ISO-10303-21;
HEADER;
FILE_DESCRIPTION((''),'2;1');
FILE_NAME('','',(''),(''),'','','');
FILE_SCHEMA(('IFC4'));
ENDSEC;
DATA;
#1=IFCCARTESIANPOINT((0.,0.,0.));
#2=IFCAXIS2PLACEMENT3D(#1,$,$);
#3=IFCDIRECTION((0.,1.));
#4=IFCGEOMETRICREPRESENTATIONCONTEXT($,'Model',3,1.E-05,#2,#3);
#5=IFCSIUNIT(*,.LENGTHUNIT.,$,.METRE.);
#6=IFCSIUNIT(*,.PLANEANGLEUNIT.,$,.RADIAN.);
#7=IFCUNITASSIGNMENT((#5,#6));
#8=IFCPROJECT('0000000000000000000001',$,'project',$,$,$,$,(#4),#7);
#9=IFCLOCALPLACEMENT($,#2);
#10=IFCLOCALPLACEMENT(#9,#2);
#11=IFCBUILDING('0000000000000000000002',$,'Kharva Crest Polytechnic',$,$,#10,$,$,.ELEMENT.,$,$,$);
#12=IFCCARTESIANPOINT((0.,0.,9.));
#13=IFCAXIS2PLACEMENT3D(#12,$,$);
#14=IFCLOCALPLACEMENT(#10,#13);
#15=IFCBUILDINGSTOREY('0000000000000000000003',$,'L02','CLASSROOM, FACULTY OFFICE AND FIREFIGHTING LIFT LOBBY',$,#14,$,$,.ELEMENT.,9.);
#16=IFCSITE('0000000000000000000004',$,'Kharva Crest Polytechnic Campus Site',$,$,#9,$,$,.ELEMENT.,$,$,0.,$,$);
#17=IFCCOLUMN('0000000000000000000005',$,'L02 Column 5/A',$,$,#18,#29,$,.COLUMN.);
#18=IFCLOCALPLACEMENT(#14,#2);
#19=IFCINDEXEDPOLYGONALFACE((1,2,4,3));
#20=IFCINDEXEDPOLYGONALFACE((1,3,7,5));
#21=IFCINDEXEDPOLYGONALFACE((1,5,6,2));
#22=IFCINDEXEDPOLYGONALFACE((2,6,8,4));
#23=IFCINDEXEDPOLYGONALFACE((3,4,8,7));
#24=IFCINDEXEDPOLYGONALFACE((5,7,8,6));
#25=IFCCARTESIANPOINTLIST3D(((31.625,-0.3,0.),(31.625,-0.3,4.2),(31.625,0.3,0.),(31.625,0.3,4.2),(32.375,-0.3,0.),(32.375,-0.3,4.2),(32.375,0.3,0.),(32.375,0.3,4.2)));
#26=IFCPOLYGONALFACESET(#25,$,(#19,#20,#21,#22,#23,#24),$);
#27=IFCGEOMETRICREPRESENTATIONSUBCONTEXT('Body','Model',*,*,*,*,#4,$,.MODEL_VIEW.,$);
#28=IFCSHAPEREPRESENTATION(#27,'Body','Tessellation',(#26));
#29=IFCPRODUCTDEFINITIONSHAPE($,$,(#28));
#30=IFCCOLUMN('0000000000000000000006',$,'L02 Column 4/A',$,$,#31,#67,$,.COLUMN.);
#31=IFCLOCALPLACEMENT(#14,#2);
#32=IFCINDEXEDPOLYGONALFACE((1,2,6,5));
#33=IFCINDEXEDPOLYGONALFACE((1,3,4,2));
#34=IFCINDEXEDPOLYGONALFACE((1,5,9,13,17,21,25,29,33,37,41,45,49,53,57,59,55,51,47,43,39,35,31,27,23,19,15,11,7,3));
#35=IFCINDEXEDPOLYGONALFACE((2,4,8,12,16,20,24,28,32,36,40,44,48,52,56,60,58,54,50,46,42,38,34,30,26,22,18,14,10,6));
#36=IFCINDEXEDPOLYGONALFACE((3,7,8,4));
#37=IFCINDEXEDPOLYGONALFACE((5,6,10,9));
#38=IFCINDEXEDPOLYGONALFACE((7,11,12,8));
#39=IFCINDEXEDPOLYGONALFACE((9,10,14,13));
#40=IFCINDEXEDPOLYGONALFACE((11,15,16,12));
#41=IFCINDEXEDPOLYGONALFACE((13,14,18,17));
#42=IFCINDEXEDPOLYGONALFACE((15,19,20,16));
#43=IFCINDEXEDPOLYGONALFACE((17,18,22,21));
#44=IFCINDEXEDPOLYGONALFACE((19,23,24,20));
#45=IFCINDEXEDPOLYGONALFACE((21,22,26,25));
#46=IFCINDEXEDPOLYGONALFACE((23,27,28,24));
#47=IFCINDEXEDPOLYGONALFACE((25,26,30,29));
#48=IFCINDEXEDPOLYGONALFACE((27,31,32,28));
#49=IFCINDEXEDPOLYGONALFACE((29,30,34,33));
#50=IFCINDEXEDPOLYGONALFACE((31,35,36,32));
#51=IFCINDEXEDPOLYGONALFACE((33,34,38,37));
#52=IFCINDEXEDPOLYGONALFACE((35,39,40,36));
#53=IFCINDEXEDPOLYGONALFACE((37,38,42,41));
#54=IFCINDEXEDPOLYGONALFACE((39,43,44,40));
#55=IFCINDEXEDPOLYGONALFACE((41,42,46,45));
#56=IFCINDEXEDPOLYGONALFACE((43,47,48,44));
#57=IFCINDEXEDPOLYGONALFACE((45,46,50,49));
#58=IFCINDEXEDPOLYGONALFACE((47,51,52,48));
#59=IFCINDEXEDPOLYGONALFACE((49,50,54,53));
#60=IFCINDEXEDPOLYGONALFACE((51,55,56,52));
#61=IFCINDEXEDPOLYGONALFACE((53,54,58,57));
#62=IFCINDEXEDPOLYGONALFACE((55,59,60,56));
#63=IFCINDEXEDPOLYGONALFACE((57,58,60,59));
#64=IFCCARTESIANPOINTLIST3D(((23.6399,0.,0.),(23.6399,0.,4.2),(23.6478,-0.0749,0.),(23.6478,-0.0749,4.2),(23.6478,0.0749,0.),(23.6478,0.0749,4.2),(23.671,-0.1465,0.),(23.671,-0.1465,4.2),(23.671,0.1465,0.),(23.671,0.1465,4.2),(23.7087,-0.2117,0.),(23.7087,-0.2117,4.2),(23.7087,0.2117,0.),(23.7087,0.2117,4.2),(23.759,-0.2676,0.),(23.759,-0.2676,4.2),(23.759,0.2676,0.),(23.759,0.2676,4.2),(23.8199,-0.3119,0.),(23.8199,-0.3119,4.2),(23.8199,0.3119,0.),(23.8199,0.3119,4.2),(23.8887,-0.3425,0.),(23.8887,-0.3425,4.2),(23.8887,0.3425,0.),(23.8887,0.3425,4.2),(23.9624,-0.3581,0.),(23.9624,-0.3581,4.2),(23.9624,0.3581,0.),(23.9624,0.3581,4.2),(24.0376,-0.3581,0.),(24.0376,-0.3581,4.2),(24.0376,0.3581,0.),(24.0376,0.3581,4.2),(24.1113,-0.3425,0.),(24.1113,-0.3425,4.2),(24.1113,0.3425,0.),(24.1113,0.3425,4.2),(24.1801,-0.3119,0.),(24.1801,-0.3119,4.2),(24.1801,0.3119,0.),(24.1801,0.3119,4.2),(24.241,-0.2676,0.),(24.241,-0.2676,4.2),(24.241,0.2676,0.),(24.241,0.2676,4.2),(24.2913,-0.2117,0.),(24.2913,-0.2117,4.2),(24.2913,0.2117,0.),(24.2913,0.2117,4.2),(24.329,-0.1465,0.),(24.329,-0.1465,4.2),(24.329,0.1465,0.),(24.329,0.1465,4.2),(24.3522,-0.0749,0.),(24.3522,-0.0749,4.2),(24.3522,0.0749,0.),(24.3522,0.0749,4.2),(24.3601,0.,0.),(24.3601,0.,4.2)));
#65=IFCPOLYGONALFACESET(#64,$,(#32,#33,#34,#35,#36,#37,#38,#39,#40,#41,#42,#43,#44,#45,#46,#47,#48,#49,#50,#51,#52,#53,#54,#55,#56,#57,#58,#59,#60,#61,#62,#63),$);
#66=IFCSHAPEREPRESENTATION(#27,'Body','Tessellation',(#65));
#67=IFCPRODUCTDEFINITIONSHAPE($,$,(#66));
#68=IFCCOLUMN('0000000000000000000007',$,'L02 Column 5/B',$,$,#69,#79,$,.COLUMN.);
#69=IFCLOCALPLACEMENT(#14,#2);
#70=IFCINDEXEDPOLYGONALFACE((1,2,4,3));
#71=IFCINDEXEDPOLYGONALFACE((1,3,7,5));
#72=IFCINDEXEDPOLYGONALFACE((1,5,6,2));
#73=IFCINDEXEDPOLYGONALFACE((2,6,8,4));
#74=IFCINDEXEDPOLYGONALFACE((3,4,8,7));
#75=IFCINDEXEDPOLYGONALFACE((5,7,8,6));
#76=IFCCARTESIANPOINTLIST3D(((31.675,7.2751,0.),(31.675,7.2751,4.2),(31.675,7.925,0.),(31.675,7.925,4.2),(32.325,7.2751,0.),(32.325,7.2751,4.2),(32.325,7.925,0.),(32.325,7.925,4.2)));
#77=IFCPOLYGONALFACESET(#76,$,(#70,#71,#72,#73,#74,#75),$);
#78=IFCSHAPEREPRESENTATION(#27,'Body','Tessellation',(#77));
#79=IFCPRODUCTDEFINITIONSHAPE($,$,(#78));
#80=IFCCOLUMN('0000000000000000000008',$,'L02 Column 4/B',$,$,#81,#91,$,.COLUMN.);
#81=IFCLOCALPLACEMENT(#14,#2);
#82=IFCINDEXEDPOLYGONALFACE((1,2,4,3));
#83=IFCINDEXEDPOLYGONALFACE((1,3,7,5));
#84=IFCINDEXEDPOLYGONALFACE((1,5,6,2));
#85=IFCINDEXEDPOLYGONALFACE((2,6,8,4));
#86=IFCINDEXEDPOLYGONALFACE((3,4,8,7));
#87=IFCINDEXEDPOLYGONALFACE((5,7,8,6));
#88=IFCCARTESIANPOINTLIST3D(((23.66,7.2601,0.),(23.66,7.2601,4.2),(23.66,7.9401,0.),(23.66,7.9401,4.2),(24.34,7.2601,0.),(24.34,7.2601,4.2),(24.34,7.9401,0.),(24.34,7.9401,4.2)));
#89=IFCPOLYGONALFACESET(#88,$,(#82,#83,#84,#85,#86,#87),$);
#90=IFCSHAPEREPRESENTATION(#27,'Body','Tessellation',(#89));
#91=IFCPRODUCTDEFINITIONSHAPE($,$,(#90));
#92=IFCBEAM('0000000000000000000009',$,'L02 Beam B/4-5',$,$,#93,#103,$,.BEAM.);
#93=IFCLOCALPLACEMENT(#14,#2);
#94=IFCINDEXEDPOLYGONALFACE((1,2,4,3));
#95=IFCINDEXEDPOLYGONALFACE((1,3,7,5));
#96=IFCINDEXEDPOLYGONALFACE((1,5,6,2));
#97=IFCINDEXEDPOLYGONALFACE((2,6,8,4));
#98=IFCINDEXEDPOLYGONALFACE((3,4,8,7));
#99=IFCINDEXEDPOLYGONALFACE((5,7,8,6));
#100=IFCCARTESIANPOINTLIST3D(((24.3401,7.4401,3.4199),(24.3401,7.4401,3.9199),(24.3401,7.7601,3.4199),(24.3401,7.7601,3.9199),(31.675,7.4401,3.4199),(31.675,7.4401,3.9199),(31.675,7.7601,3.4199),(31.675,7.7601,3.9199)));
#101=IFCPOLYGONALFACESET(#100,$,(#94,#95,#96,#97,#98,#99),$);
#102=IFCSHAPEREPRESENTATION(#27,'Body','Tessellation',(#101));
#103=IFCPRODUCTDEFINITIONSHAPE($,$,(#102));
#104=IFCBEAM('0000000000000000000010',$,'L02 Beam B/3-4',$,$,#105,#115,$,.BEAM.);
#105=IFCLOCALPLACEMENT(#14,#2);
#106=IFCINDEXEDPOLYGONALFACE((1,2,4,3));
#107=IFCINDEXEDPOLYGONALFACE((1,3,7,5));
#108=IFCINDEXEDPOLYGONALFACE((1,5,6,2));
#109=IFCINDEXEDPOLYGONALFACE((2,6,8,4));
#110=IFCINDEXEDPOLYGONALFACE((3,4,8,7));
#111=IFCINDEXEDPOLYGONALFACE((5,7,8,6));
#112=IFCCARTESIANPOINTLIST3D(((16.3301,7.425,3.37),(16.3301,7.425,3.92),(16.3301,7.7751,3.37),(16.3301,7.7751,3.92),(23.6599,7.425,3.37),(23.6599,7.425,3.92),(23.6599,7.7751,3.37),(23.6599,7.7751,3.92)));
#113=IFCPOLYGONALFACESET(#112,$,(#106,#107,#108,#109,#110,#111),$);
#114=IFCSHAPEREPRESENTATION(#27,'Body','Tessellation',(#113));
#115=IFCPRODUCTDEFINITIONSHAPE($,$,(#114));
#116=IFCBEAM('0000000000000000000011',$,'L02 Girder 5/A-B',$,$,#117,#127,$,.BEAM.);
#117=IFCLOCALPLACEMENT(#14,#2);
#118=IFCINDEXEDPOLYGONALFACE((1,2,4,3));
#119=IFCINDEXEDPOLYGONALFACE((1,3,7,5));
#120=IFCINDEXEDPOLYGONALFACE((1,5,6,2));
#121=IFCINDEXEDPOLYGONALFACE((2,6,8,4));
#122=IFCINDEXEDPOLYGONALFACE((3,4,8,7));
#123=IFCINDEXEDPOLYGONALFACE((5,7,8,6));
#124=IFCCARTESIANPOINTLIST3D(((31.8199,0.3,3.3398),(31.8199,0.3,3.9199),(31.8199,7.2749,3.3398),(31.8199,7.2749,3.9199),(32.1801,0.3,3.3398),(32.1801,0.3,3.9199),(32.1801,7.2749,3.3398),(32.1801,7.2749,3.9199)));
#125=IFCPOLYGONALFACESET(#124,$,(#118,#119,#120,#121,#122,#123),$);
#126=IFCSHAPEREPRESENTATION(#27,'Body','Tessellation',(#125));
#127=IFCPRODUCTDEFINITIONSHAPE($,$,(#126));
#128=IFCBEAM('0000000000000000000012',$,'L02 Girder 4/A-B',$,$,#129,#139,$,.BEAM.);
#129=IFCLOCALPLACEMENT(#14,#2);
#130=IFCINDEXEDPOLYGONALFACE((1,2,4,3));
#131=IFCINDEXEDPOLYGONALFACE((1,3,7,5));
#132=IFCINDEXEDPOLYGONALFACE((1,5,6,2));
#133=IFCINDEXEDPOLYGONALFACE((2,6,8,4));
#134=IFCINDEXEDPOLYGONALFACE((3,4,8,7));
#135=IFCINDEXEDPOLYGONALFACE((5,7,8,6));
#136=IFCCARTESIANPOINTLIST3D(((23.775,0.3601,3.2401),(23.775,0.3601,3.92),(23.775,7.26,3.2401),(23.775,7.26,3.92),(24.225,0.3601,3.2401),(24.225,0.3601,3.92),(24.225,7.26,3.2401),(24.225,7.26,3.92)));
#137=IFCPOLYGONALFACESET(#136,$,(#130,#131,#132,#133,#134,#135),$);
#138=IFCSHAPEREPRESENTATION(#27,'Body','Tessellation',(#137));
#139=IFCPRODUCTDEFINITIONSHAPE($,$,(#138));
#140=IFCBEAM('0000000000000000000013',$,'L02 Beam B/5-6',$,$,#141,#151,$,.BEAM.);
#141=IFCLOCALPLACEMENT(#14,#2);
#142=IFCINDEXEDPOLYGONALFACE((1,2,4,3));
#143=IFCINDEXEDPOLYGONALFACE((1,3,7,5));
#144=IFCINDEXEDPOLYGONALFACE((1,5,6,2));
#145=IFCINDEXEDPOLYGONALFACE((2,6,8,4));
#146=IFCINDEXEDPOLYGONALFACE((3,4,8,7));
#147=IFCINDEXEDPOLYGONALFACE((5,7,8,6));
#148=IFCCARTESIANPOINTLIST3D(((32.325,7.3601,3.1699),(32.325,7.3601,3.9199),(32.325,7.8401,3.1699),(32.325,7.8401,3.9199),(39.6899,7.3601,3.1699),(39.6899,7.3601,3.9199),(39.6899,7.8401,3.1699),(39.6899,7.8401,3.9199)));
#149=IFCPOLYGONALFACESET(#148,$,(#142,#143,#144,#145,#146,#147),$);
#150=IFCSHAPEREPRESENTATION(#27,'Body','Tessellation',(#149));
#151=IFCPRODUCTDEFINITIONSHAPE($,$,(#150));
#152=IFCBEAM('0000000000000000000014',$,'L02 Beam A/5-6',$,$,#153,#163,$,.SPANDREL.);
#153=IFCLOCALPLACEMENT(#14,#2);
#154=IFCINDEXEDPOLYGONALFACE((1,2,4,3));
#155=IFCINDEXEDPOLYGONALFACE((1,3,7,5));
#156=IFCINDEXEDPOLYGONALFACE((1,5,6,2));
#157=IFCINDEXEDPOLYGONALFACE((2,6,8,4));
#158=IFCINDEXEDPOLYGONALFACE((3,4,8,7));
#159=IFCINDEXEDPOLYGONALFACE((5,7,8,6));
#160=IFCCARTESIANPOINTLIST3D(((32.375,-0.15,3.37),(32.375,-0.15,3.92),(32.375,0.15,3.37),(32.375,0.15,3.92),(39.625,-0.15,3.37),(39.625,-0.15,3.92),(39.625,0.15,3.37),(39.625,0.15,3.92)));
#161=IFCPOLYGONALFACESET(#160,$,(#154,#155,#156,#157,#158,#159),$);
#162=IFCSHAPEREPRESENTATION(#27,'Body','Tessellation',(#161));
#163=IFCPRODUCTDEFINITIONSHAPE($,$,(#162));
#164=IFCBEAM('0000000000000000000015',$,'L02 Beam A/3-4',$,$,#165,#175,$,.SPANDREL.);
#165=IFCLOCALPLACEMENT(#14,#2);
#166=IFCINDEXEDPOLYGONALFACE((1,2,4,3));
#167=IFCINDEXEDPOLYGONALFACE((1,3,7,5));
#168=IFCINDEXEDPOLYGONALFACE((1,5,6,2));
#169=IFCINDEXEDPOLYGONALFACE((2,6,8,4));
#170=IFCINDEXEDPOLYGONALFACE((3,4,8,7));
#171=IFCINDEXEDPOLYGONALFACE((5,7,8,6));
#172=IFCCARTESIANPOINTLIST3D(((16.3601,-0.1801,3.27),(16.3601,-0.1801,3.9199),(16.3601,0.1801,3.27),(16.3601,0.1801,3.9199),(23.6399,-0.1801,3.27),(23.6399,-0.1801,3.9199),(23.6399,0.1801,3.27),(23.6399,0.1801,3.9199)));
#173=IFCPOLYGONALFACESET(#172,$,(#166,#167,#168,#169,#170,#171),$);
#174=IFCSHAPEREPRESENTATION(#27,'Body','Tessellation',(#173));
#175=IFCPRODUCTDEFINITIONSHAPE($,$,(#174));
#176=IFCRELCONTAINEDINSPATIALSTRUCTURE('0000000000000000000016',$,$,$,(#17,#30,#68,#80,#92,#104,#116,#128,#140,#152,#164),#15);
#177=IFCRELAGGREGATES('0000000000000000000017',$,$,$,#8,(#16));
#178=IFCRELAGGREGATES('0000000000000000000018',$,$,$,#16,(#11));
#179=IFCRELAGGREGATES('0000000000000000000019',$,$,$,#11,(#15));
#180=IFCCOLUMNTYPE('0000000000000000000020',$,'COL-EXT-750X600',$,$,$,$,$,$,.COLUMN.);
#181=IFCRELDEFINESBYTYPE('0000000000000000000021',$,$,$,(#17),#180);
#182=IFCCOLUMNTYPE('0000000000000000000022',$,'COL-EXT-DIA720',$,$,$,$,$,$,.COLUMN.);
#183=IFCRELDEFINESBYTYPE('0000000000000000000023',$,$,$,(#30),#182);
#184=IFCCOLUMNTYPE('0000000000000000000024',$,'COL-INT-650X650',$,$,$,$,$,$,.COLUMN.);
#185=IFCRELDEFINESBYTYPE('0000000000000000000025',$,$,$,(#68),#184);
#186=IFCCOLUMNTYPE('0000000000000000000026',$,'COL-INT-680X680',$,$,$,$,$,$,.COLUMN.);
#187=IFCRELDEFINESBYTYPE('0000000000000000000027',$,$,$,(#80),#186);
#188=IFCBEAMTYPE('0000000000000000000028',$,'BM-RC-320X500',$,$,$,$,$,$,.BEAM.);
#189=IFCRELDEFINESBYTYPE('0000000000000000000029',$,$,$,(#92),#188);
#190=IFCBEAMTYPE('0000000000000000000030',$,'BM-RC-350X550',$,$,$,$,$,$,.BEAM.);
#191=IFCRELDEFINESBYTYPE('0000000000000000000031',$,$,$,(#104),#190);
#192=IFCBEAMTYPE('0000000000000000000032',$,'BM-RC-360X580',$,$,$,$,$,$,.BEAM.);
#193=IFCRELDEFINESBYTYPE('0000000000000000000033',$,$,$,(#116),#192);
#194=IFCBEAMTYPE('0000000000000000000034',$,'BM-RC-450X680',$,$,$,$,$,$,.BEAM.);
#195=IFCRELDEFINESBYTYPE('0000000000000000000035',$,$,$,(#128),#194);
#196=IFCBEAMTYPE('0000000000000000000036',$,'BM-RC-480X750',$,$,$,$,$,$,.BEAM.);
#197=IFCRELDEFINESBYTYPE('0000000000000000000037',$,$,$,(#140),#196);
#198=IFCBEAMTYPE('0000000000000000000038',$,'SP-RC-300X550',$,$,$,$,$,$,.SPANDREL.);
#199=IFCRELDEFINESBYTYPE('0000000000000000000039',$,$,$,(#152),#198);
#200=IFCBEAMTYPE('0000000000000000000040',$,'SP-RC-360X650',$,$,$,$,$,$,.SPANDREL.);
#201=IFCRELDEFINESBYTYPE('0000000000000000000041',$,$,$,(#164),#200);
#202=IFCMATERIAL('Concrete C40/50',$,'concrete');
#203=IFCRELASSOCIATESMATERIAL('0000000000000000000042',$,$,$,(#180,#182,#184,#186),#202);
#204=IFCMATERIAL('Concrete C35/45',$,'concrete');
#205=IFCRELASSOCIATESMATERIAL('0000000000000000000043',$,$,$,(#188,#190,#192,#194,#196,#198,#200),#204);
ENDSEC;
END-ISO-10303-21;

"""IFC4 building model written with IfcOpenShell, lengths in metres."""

from ifc_helpers import new_model, si_unit, direction, frame, origin, origin_2d, place, context, subcontext, project, spatial, rectangle, circle, extrude, material, material_profile, profile_set, type_object, element, save


model = new_model("IFC4")

# Units and contexts
model_context = context("Model", 3, precision=1e-05, world=origin(), true_north=direction((0.0, 1.0)))
body_context = subcontext(model_context, "Body", "Model", "MODEL_VIEW")
ifc_project = project(units=[si_unit("LENGTHUNIT", "METRE"), si_unit("PLANEANGLEUNIT", "RADIAN")], contexts=[model_context])

# Site, building, storey
site_placement = place(None, origin())
site = spatial("IfcSite", under=ifc_project, at=site_placement, Name="Kharva Crest Polytechnic Campus Site", CompositionType="ELEMENT", RefElevation=0.0)
building_placement = place(site_placement, origin())
building = spatial("IfcBuilding", under=site, at=building_placement, Name="Kharva Crest Polytechnic", CompositionType="ELEMENT")
storey_placement = place(building_placement, frame((0.0, 0.0, 9.0)))
storey = spatial("IfcBuildingStorey", under=building, at=storey_placement, Name="L02", Description="CLASSROOM, FACULTY OFFICE AND FIREFIGHTING LIFT LOBBY", CompositionType="ELEMENT", Elevation=9.0)

# Columns
ifc_material_1 = material(Name="Concrete C40/50", Category="concrete")
ifc_material_profile_1 = material_profile(ifc_material_1, rectangle(XDim=0.75, YDim=0.6001, at=origin_2d()), Name="RECT 750 X 600")
ifc_profile_set_1 = profile_set([ifc_material_profile_1], Name="Concrete C40/50")
column_type_1 = type_object("IfcColumnType", Name="COL-EXT-750X600", PredefinedType="COLUMN", material=ifc_profile_set_1)
column_1_placement = place(storey_placement, frame((32.0, 0.0, 0.0), z_axis=(0.0, 0.0, 1.0), x_axis=(1.0, 0.0, 0.0)))
element("IfcColumn", 1, at=column_1_placement, inside=storey, type_object=column_type_1, Name="L02 Column 5/A", PredefinedType="COLUMN", context=body_context, shape_type="SweptSolid", body=[
    extrude(rectangle(XDim=0.75, YDim=0.6001, at=origin_2d()), origin(), (0.0, 0.0, 1.0), 4.2),
])
ifc_material_profile_2 = material_profile(ifc_material_1, circle(Radius=0.3601, at=origin_2d()), Name="DIA 720")
ifc_profile_set_2 = profile_set([ifc_material_profile_2], Name="Concrete C40/50")
column_type_2 = type_object("IfcColumnType", Name="COL-EXT-DIA720", PredefinedType="COLUMN", material=ifc_profile_set_2)
column_2_placement = place(storey_placement, frame((24.0, 0.0, 0.0), z_axis=(0.0, 0.0, 1.0), x_axis=(1.0, 0.0, 0.0)))
element("IfcColumn", 2, at=column_2_placement, inside=storey, type_object=column_type_2, Name="L02 Column 4/A", PredefinedType="COLUMN", context=body_context, shape_type="SweptSolid", body=[
    extrude(circle(Radius=0.3601, at=origin_2d()), origin(), (0.0, 0.0, 1.0), 4.2),
])
ifc_material_profile_3 = material_profile(ifc_material_1, rectangle(XDim=0.6499, YDim=0.6499, at=origin_2d()), Name="RECT 650 X 650")
ifc_profile_set_3 = profile_set([ifc_material_profile_3], Name="Concrete C40/50")
column_type_3 = type_object("IfcColumnType", Name="COL-INT-650X650", PredefinedType="COLUMN", material=ifc_profile_set_3)
column_3_placement = place(storey_placement, frame((32.0, 7.6001, 0.0), z_axis=(0.0, 0.0, 1.0), x_axis=(1.0, 0.0, 0.0)))
element("IfcColumn", 3, at=column_3_placement, inside=storey, type_object=column_type_3, Name="L02 Column 5/B", PredefinedType="COLUMN", context=body_context, shape_type="SweptSolid", body=[
    extrude(rectangle(XDim=0.6499, YDim=0.6499, at=origin_2d()), origin(), (0.0, 0.0, 1.0), 4.2),
])
ifc_material_profile_4 = material_profile(ifc_material_1, rectangle(XDim=0.6799, YDim=0.6799, at=origin_2d()), Name="RECT 680 X 680")
ifc_profile_set_4 = profile_set([ifc_material_profile_4], Name="Concrete C40/50")
column_type_4 = type_object("IfcColumnType", Name="COL-INT-680X680", PredefinedType="COLUMN", material=ifc_profile_set_4)
column_4_placement = place(storey_placement, frame((24.0, 7.6001, 0.0), z_axis=(0.0, 0.0, 1.0), x_axis=(1.0, 0.0, 0.0)))
element("IfcColumn", 4, at=column_4_placement, inside=storey, type_object=column_type_4, Name="L02 Column 4/B", PredefinedType="COLUMN", context=body_context, shape_type="SweptSolid", body=[
    extrude(rectangle(XDim=0.6799, YDim=0.6799, at=origin_2d()), origin(), (0.0, 0.0, 1.0), 4.2),
])

# Beams
ifc_material_2 = material(Name="Concrete C35/45", Category="concrete")
ifc_material_profile_5 = material_profile(ifc_material_2, rectangle(XDim=0.3201, YDim=0.5, at=origin_2d()), Name="RECT 320 X 500")
ifc_profile_set_5 = profile_set([ifc_material_profile_5], Name="Concrete C35/45")
beam_type_1 = type_object("IfcBeamType", Name="BM-RC-320X500", PredefinedType="BEAM", material=ifc_profile_set_5)
beam_1_placement = place(storey_placement, frame((24.3401, 7.6001, 3.6699), z_axis=(1.0, 0.0, 0.0), x_axis=(0.0, 1.0, 0.0)))
element("IfcBeam", 5, at=beam_1_placement, inside=storey, type_object=beam_type_1, Name="L02 Beam B/4-5", PredefinedType="BEAM", context=body_context, shape_type="SweptSolid", body=[
    extrude(rectangle(XDim=0.3201, YDim=0.5, at=origin_2d()), origin(), (0.0, 0.0, 1.0), 7.335),
])
ifc_material_profile_6 = material_profile(ifc_material_2, rectangle(XDim=0.3501, YDim=0.55, at=origin_2d()), Name="RECT 350 X 550")
ifc_profile_set_6 = profile_set([ifc_material_profile_6], Name="Concrete C35/45")
beam_type_2 = type_object("IfcBeamType", Name="BM-RC-350X550", PredefinedType="BEAM", material=ifc_profile_set_6)
beam_2_placement = place(storey_placement, frame((16.3301, 7.6001, 3.645), z_axis=(1.0, 0.0, 0.0), x_axis=(0.0, 1.0, 0.0)))
element("IfcBeam", 6, at=beam_2_placement, inside=storey, type_object=beam_type_2, Name="L02 Beam B/3-4", PredefinedType="BEAM", context=body_context, shape_type="SweptSolid", body=[
    extrude(rectangle(XDim=0.3501, YDim=0.55, at=origin_2d()), origin(), (0.0, 0.0, 1.0), 7.3298),
])
ifc_material_profile_7 = material_profile(ifc_material_2, rectangle(XDim=0.3601, YDim=0.5801, at=origin_2d()), Name="RECT 360 X 580")
ifc_profile_set_7 = profile_set([ifc_material_profile_7], Name="Concrete C35/45")
beam_type_3 = type_object("IfcBeamType", Name="BM-RC-360X580", PredefinedType="BEAM", material=ifc_profile_set_7)
beam_3_placement = place(storey_placement, frame((32.0, 0.3, 3.6299), z_axis=(0.0, 1.0, 0.0), x_axis=(-1.0, 0.0, 0.0)))
element("IfcBeam", 7, at=beam_3_placement, inside=storey, type_object=beam_type_3, Name="L02 Girder 5/A-B", PredefinedType="BEAM", context=body_context, shape_type="SweptSolid", body=[
    extrude(rectangle(XDim=0.3601, YDim=0.5801, at=origin_2d()), origin(), (0.0, 0.0, 1.0), 6.9749),
])
ifc_material_profile_8 = material_profile(ifc_material_2, rectangle(XDim=0.45, YDim=0.6799, at=origin_2d()), Name="RECT 450 X 680")
ifc_profile_set_8 = profile_set([ifc_material_profile_8], Name="Concrete C35/45")
beam_type_4 = type_object("IfcBeamType", Name="BM-RC-450X680", PredefinedType="BEAM", material=ifc_profile_set_8)
beam_4_placement = place(storey_placement, frame((24.0, 0.3601, 3.5801), z_axis=(0.0, 1.0, 0.0), x_axis=(-1.0, 0.0, 0.0)))
element("IfcBeam", 8, at=beam_4_placement, inside=storey, type_object=beam_type_4, Name="L02 Girder 4/A-B", PredefinedType="BEAM", context=body_context, shape_type="SweptSolid", body=[
    extrude(rectangle(XDim=0.45, YDim=0.6799, at=origin_2d()), origin(), (0.0, 0.0, 1.0), 6.8999),
])
ifc_material_profile_9 = material_profile(ifc_material_2, rectangle(XDim=0.48, YDim=0.75, at=origin_2d()), Name="RECT 480 X 750")
ifc_profile_set_9 = profile_set([ifc_material_profile_9], Name="Concrete C35/45")
beam_type_5 = type_object("IfcBeamType", Name="BM-RC-480X750", PredefinedType="BEAM", material=ifc_profile_set_9)
beam_5_placement = place(storey_placement, frame((32.325, 7.6001, 3.5449), z_axis=(1.0, 0.0, 0.0), x_axis=(0.0, 1.0, 0.0)))
element("IfcBeam", 9, at=beam_5_placement, inside=storey, type_object=beam_type_5, Name="L02 Beam B/5-6", PredefinedType="BEAM", context=body_context, shape_type="SweptSolid", body=[
    extrude(rectangle(XDim=0.48, YDim=0.75, at=origin_2d()), origin(), (0.0, 0.0, 1.0), 7.365),
])
ifc_material_profile_10 = material_profile(ifc_material_2, rectangle(XDim=0.3, YDim=0.55, at=origin_2d()), Name="RECT 300 X 550")
ifc_profile_set_10 = profile_set([ifc_material_profile_10], Name="Concrete C35/45")
beam_type_6 = type_object("IfcBeamType", Name="SP-RC-300X550", PredefinedType="SPANDREL", material=ifc_profile_set_10)
beam_6_placement = place(storey_placement, frame((32.375, 0.0, 3.645), z_axis=(1.0, 0.0, 0.0), x_axis=(0.0, 1.0, 0.0)))
element("IfcBeam", 10, at=beam_6_placement, inside=storey, type_object=beam_type_6, Name="L02 Beam A/5-6", PredefinedType="SPANDREL", context=body_context, shape_type="SweptSolid", body=[
    extrude(rectangle(XDim=0.3, YDim=0.55, at=origin_2d()), origin(), (0.0, 0.0, 1.0), 7.25),
])
ifc_material_profile_11 = material_profile(ifc_material_2, rectangle(XDim=0.3601, YDim=0.6499, at=origin_2d()), Name="RECT 360 X 650")
ifc_profile_set_11 = profile_set([ifc_material_profile_11], Name="Concrete C35/45")
beam_type_7 = type_object("IfcBeamType", Name="SP-RC-360X650", PredefinedType="SPANDREL", material=ifc_profile_set_11)
beam_7_placement = place(storey_placement, frame((16.3601, 0.0, 3.595), z_axis=(1.0, 0.0, 0.0), x_axis=(0.0, 1.0, 0.0)))
element("IfcBeam", 11, at=beam_7_placement, inside=storey, type_object=beam_type_7, Name="L02 Beam A/3-4", PredefinedType="SPANDREL", context=body_context, shape_type="SweptSolid", body=[
    extrude(rectangle(XDim=0.3601, YDim=0.6499, at=origin_2d()), origin(), (0.0, 0.0, 1.0), 7.2798),
])

save(model, "model.ifc")
